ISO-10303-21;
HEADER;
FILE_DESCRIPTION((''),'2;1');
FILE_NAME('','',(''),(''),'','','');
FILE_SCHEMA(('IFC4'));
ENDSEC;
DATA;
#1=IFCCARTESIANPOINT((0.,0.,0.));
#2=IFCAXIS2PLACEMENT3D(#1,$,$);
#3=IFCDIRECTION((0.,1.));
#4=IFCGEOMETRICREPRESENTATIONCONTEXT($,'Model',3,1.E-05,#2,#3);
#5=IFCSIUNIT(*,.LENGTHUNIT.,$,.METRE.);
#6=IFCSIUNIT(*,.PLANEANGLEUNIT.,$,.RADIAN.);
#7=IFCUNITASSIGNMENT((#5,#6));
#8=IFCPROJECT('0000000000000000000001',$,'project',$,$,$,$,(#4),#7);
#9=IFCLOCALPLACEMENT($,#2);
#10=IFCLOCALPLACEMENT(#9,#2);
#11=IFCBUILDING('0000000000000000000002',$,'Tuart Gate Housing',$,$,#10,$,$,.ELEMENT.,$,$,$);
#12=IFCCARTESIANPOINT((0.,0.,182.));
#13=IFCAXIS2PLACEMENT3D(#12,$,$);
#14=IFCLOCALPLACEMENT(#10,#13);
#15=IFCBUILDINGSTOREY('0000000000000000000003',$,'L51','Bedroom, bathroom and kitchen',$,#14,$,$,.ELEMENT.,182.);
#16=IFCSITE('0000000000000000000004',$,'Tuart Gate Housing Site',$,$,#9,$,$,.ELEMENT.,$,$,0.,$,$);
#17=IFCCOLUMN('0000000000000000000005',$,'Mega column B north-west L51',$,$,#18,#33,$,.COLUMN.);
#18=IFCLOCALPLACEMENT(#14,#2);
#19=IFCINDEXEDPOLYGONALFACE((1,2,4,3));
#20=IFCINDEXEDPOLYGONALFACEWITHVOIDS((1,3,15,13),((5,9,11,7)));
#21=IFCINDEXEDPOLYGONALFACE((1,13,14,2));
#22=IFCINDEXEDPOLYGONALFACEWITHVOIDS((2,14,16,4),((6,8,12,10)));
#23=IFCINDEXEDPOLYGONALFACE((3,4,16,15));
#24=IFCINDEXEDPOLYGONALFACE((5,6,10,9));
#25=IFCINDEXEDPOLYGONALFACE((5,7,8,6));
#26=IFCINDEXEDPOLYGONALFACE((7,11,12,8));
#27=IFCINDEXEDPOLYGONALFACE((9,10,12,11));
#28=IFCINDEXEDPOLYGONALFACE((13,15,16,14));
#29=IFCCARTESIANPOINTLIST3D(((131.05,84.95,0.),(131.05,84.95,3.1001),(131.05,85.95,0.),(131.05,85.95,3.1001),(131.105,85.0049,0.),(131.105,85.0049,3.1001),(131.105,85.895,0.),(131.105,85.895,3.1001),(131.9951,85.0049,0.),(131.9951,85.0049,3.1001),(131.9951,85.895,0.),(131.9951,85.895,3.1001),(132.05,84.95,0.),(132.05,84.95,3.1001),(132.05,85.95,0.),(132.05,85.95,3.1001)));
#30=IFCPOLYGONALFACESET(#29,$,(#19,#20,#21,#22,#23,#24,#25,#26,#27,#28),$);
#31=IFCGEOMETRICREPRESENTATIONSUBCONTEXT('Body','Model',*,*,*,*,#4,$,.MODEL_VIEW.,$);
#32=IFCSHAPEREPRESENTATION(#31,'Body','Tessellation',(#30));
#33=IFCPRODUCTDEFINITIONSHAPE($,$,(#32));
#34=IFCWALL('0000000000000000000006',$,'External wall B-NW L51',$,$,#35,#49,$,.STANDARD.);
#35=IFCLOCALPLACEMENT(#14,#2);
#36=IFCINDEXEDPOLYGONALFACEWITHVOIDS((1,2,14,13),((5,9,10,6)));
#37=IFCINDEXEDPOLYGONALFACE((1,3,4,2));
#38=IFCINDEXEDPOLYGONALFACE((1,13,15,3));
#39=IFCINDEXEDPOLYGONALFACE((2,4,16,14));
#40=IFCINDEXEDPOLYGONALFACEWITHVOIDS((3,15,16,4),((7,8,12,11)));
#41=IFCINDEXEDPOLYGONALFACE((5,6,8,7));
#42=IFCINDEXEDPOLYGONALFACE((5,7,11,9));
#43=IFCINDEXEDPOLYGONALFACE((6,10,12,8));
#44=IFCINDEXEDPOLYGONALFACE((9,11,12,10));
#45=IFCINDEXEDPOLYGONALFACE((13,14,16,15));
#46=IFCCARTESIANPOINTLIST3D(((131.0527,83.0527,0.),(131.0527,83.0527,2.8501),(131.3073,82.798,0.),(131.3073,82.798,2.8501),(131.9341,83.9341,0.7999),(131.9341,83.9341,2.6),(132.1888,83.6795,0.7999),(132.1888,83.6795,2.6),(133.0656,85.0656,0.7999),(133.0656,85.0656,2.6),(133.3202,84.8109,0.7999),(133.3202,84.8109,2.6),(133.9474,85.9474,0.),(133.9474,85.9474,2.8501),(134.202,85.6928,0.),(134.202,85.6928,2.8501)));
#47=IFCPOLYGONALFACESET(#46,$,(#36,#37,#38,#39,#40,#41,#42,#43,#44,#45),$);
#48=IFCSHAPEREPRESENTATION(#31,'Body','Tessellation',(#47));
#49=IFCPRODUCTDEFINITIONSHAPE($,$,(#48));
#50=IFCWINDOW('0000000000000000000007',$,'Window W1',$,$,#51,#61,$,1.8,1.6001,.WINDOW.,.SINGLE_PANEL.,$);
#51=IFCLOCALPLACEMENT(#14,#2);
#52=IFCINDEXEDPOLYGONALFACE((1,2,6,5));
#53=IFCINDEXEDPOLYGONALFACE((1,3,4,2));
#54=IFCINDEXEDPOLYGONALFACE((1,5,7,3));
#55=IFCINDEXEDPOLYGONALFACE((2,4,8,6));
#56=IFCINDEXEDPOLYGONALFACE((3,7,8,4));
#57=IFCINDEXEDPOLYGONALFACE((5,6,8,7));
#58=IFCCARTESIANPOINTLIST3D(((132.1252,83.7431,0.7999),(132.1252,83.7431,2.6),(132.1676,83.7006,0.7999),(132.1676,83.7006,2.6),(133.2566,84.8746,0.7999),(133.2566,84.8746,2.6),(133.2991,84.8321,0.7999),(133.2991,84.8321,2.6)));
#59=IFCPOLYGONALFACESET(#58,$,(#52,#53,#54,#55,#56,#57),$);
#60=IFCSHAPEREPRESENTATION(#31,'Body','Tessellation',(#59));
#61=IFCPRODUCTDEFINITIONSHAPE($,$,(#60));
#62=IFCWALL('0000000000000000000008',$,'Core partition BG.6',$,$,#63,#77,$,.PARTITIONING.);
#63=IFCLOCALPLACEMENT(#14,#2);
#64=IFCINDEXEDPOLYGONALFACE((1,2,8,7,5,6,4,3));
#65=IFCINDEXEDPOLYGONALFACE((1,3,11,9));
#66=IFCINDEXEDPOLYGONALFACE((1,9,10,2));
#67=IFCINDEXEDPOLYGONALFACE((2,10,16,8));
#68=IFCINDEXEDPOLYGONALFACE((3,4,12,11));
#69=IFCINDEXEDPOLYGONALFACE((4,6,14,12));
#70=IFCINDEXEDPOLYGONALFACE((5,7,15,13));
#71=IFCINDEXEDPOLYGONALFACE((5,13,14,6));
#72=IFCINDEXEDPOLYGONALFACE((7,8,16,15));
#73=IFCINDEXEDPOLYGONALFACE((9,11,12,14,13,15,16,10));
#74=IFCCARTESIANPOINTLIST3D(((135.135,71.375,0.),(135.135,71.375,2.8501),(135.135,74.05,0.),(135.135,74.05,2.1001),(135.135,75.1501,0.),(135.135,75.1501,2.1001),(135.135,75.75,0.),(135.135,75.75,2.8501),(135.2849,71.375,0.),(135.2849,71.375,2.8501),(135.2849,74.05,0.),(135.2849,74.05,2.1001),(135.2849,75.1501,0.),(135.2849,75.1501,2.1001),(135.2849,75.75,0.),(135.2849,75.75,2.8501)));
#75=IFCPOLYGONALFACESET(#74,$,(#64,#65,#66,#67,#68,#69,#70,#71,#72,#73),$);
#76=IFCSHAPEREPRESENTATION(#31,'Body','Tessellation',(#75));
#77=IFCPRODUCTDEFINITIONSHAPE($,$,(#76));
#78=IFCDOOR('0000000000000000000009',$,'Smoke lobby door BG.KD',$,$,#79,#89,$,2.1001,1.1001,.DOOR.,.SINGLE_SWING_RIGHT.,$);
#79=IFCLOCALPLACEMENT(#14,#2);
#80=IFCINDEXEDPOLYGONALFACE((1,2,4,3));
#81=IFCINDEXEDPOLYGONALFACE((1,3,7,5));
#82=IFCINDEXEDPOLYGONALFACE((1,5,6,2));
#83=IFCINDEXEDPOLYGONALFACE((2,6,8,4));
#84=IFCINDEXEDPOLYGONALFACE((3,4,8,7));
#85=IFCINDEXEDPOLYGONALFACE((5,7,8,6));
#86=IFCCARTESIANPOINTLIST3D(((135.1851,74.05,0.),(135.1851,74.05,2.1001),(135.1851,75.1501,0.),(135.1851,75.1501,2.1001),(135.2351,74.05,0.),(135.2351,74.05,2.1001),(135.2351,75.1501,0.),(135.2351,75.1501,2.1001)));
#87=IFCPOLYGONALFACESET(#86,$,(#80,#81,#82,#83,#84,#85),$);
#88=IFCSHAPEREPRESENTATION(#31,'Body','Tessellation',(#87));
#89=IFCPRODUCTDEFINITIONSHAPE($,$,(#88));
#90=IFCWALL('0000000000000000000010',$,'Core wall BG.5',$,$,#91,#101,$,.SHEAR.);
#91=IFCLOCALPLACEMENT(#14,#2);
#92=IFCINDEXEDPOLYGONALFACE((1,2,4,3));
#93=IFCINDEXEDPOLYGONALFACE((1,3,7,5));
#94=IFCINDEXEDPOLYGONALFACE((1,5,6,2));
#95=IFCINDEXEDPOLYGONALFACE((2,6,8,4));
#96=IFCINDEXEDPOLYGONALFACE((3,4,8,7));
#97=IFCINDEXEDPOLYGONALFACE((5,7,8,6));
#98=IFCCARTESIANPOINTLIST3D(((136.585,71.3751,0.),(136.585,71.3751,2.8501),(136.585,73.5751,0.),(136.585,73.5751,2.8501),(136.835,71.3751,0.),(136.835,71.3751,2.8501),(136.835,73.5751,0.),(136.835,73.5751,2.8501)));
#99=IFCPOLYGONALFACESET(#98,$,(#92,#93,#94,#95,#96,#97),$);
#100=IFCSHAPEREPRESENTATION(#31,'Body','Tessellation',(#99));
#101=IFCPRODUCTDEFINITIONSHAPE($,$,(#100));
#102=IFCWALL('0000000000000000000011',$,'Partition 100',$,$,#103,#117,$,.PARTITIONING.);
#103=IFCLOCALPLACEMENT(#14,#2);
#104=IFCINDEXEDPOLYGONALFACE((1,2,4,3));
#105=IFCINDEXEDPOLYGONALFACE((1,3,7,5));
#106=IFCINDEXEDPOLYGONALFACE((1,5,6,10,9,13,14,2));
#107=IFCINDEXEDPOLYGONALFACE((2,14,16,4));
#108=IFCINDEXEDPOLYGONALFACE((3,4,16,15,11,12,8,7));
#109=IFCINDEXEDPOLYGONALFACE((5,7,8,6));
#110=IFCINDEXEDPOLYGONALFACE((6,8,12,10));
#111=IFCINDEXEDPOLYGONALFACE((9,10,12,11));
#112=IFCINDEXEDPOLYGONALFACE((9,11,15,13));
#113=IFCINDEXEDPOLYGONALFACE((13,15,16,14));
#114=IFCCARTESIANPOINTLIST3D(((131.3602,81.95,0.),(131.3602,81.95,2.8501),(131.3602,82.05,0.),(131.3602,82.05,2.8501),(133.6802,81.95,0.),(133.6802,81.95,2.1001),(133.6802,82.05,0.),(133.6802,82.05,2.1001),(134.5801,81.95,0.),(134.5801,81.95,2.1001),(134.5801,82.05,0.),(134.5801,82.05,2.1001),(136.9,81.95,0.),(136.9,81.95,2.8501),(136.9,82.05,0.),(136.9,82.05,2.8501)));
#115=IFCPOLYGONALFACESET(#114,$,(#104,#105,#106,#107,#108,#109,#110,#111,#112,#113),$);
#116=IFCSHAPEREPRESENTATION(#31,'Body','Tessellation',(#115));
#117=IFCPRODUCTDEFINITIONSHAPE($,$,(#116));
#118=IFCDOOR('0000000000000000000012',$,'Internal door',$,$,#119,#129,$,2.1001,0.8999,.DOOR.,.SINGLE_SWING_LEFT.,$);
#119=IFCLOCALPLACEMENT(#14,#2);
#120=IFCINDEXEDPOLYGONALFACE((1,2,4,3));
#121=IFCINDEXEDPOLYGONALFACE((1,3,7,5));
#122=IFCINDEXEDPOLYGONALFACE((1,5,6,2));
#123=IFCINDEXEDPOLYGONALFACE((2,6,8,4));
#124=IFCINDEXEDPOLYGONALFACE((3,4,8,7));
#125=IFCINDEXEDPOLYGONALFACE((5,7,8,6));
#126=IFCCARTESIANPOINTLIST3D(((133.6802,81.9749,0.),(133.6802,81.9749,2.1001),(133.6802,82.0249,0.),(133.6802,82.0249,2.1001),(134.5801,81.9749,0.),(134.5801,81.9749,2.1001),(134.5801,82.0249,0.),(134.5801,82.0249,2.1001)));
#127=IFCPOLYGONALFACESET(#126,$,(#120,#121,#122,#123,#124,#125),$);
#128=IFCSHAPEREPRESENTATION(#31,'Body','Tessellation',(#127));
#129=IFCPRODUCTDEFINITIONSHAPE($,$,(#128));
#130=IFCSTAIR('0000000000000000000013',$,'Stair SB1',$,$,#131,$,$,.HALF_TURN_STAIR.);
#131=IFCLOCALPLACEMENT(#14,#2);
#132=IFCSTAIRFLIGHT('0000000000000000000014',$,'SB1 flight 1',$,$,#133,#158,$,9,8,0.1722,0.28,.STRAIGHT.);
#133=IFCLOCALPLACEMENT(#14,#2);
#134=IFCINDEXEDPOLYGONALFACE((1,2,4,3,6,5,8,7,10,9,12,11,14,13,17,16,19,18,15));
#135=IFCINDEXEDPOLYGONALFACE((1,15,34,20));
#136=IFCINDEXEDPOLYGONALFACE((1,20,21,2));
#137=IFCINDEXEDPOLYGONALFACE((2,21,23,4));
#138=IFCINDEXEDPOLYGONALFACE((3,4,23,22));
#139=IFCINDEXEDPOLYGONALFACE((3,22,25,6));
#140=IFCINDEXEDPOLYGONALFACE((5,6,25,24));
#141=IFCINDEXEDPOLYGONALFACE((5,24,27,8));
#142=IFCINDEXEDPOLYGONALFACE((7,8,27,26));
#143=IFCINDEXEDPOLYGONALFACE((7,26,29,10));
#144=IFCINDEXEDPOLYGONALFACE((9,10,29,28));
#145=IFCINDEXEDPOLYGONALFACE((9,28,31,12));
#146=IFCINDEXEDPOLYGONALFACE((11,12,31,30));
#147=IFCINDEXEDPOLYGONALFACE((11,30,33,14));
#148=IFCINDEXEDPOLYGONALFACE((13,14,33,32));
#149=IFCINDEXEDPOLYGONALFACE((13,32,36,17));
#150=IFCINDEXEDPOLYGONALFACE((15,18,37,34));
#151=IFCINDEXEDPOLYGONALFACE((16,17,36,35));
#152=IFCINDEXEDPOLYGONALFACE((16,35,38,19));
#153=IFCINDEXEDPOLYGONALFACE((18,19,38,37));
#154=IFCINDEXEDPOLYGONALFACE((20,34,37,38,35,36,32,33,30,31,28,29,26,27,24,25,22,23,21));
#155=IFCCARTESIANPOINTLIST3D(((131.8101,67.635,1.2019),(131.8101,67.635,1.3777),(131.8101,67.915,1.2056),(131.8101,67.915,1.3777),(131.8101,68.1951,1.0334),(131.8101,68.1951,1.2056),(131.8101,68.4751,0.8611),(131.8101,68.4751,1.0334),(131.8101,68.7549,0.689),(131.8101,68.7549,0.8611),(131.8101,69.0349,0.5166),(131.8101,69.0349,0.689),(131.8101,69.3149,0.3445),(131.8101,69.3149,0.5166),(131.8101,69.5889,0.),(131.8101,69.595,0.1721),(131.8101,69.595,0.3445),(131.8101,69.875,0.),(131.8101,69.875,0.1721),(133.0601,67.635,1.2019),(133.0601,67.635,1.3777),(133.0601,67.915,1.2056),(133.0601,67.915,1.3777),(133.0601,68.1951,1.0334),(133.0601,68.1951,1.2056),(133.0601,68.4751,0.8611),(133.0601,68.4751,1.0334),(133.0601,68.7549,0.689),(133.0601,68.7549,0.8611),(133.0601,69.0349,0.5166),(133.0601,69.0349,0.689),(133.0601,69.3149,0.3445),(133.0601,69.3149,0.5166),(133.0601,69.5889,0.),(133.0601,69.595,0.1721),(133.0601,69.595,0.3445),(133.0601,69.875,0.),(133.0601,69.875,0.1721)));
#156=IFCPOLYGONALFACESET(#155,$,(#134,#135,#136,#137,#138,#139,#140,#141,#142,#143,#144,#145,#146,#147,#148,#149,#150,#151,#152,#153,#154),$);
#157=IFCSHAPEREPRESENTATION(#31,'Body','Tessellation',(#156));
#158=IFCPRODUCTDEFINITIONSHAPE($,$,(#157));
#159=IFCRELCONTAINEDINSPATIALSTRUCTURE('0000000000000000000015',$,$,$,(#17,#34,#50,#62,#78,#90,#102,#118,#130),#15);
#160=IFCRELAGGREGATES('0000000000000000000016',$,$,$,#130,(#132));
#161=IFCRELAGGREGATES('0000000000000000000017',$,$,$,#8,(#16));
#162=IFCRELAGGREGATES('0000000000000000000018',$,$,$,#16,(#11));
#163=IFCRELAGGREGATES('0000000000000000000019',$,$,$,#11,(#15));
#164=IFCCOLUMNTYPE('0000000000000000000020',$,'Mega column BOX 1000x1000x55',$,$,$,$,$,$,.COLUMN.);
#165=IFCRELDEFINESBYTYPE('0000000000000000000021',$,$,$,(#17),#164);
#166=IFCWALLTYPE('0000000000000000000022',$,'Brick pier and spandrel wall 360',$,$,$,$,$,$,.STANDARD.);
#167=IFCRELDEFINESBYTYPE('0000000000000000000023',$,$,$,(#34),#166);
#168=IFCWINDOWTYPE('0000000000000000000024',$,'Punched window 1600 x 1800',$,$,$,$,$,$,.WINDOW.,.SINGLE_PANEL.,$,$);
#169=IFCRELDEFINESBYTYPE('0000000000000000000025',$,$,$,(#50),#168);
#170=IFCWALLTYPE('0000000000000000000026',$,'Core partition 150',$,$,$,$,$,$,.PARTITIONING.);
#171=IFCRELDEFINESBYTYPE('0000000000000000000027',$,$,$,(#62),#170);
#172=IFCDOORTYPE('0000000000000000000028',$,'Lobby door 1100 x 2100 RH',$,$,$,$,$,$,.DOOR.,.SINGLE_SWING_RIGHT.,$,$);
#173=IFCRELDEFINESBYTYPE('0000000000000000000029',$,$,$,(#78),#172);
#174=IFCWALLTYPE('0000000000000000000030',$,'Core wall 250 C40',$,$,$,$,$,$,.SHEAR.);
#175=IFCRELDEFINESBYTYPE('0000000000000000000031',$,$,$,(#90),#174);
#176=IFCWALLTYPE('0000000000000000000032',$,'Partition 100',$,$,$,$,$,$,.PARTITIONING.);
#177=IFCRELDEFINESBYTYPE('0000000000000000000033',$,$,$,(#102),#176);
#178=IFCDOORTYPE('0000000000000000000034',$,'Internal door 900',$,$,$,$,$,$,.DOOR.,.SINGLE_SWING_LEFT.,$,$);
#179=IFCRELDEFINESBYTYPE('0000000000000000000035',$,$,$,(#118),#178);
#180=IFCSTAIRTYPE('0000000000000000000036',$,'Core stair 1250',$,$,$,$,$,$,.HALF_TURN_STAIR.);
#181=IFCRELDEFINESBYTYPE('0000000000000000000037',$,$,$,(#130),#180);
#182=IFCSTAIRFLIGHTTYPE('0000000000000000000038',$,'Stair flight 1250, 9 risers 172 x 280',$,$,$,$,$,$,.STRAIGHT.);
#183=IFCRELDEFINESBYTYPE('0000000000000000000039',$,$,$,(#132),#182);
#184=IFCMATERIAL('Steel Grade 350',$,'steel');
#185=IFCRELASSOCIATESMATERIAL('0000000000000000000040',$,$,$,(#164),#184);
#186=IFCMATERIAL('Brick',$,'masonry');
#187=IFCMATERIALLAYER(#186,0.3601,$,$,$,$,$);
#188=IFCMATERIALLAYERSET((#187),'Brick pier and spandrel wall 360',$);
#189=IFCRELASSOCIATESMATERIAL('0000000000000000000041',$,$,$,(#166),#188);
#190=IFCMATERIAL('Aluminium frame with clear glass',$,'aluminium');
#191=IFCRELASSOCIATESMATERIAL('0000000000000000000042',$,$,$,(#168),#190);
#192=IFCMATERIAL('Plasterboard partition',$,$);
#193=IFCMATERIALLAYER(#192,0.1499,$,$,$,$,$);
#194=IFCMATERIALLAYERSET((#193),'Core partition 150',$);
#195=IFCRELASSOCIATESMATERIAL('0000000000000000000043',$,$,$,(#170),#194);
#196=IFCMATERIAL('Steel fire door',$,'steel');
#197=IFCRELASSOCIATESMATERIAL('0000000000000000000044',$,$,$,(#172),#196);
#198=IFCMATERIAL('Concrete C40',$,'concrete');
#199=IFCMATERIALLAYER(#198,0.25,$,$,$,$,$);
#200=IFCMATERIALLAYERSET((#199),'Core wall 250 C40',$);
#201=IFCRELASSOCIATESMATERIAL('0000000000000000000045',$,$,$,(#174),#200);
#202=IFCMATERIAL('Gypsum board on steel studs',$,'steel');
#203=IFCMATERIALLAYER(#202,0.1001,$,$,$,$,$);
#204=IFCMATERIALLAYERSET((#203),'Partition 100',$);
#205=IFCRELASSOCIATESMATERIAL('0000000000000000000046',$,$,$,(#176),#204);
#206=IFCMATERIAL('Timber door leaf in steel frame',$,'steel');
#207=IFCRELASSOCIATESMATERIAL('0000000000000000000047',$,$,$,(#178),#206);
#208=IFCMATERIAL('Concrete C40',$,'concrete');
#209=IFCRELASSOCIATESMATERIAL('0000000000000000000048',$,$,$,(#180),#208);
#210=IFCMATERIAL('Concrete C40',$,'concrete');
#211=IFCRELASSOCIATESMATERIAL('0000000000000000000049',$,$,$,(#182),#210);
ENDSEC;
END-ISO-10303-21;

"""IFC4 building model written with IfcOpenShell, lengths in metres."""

from ifc_helpers import new_model, si_unit, direction, frame, frame_2d, origin, origin_2d, place, context, subcontext, project, spatial, polyline, rectangle, hollow_rectangle, outline, extrude, material, layer, layer_set, material_profile, profile_set, type_object, element, fill, aggregate, save


model = new_model("IFC4")

# Units and contexts
model_context = context("Model", 3, precision=1e-05, world=origin(), true_north=direction((0.0, 1.0)))
body_context = subcontext(model_context, "Body", "Model", "MODEL_VIEW")
ifc_project = project(units=[si_unit("LENGTHUNIT", "METRE"), si_unit("PLANEANGLEUNIT", "RADIAN")], contexts=[model_context])

# Site, building, storey
site_placement = place(None, origin())
site = spatial("IfcSite", under=ifc_project, at=site_placement, Name="Tuart Gate Housing Site", CompositionType="ELEMENT", RefElevation=0.0)
building_placement = place(site_placement, origin())
building = spatial("IfcBuilding", under=site, at=building_placement, Name="Tuart Gate Housing", CompositionType="ELEMENT")
storey_placement = place(building_placement, frame((0.0, 0.0, 182.0)))
storey = spatial("IfcBuildingStorey", under=building, at=storey_placement, Name="L51", Description="Bedroom, bathroom and kitchen", CompositionType="ELEMENT", Elevation=182.0)

# Column
ifc_material_1 = material(Name="Steel Grade 350", Category="steel")
ifc_material_profile = material_profile(ifc_material_1, hollow_rectangle(XDim=1.0, YDim=1.0, WallThickness=0.0549, at=origin_2d()), Name="BOX 1000x1000x55")
ifc_profile_set = profile_set([ifc_material_profile], Name="Steel Grade 350")
column_type = type_object("IfcColumnType", Name="Mega column BOX 1000x1000x55", PredefinedType="COLUMN", material=ifc_profile_set)
column_placement = place(storey_placement, frame((131.55, 85.45, 0.0), z_axis=(0.0, 0.0, 1.0), x_axis=(1.0, 0.0, 0.0)))
element("IfcColumn", 1, at=column_placement, inside=storey, type_object=column_type, Name="Mega column B north-west L51", PredefinedType="COLUMN", context=body_context, shape_type="SweptSolid", body=[
    extrude(hollow_rectangle(XDim=1.0, YDim=1.0, WallThickness=0.0549, at=origin_2d()), origin(), (0.0, 0.0, 1.0), 3.1001),
])

# Wall, opening, window
ifc_material_2 = material(Name="Brick", Category="masonry")
ifc_layer_1 = layer(ifc_material_2, 0.3601)
ifc_layer_set_1 = layer_set([ifc_layer_1], Name="Brick pier and spandrel wall 360")
wall_type_1 = type_object("IfcWallType", Name="Brick pier and spandrel wall 360", PredefinedType="STANDARD", material=ifc_layer_set_1)
wall_1_placement = place(storey_placement, frame((134.0747, 85.8201, 0.0), z_axis=(0.0, 0.0, 1.0), x_axis=(-0.707107, -0.707107, 0.0)))
wall_1 = element("IfcWall", 2, at=wall_1_placement, inside=storey, type_object=wall_type_1, Name="External wall B-NW L51", PredefinedType="STANDARD", context=body_context, shape_type="SweptSolid", body=[
    extrude(rectangle(XDim=4.0938, YDim=0.3601, at=frame_2d((2.0469, 0.0))), origin(), (0.0, 0.0, 1.0), 2.8501),
])
opening_1_placement = place(wall_1_placement, frame((1.2471, 0.0, 0.8)))
opening_1 = element("IfcOpeningElement", 3, at=opening_1_placement, cuts=wall_1, PredefinedType="OPENING", context=body_context, shape_type="SweptSolid", body=[
    extrude(rectangle(XDim=1.6001, YDim=1.8, at=frame_2d((0.8, 0.8999))), frame((0.0, 0.1899, 0.0), z_axis=(0.0, -1.0, 0.0), x_axis=(1.0, 0.0, 0.0)), (0.0, 0.0, 1.0), 0.3801),
])
ifc_material_3 = material(Name="Aluminium frame with clear glass", Category="aluminium")
window_type = type_object("IfcWindowType", Name="Punched window 1600 x 1800", PartitioningType="SINGLE_PANEL", PredefinedType="WINDOW", material=ifc_material_3)
window_placement = place(opening_1_placement, origin())
window = element("IfcWindow", 4, at=window_placement, inside=storey, type_object=window_type, Name="Window W1", OverallHeight=1.8, OverallWidth=1.6001, PartitioningType="SINGLE_PANEL", PredefinedType="WINDOW", context=body_context, shape_type="SweptSolid", body=[
    extrude(rectangle(XDim=1.6001, YDim=1.8, at=frame_2d((0.8, 0.8999))), frame((0.0, 0.1501, 0.0), z_axis=(0.0, -1.0, 0.0), x_axis=(1.0, 0.0, 0.0)), (0.0, 0.0, 1.0), 0.0601),
])
fill(opening_1, window)

# Wall, opening, door
ifc_material_4 = material(Name="Plasterboard partition")
ifc_layer_2 = layer(ifc_material_4, 0.1499)
ifc_layer_set_2 = layer_set([ifc_layer_2], Name="Core partition 150")
wall_type_2 = type_object("IfcWallType", Name="Core partition 150", PredefinedType="PARTITIONING", material=ifc_layer_set_2)
wall_2_placement = place(storey_placement, frame((135.21, 71.375, 0.0), z_axis=(0.0, 0.0, 1.0), x_axis=(0.0, 1.0, 0.0)))
wall_2 = element("IfcWall", 5, at=wall_2_placement, inside=storey, type_object=wall_type_2, Name="Core partition BG.6", PredefinedType="PARTITIONING", context=body_context, shape_type="SweptSolid", body=[
    extrude(rectangle(XDim=4.375, YDim=0.1499, at=frame_2d((2.1875, 0.0))), origin(), (0.0, 0.0, 1.0), 2.8501),
])
opening_2_placement = place(wall_2_placement, frame((2.675, 0.0, 0.0)))
opening_2 = element("IfcOpeningElement", 6, at=opening_2_placement, cuts=wall_2, PredefinedType="OPENING", context=body_context, shape_type="SweptSolid", body=[
    extrude(rectangle(XDim=1.1001, YDim=2.1001, at=frame_2d((0.55, 1.05))), frame((0.0, 0.085, 0.0), z_axis=(0.0, -1.0, 0.0), x_axis=(1.0, 0.0, 0.0)), (0.0, 0.0, 1.0), 0.1699),
])
ifc_material_5 = material(Name="Steel fire door", Category="steel")
door_type_1 = type_object("IfcDoorType", Name="Lobby door 1100 x 2100 RH", OperationType="SINGLE_SWING_RIGHT", PredefinedType="DOOR", material=ifc_material_5)
door_1_placement = place(opening_2_placement, origin())
door_1 = element("IfcDoor", 7, at=door_1_placement, inside=storey, type_object=door_type_1, Name="Smoke lobby door BG.KD", OperationType="SINGLE_SWING_RIGHT", OverallHeight=2.1001, OverallWidth=1.1001, PredefinedType="DOOR", context=body_context, shape_type="SweptSolid", body=[
    extrude(rectangle(XDim=1.1001, YDim=2.1001, at=frame_2d((0.55, 1.05))), frame((0.0, 0.0249, 0.0), z_axis=(0.0, -1.0, 0.0), x_axis=(1.0, 0.0, 0.0)), (0.0, 0.0, 1.0), 0.05),
])
fill(opening_2, door_1)

# Wall
ifc_material_6 = material(Name="Concrete C40", Category="concrete")
ifc_layer_3 = layer(ifc_material_6, 0.25)
ifc_layer_set_3 = layer_set([ifc_layer_3], Name="Core wall 250 C40")
wall_type_3 = type_object("IfcWallType", Name="Core wall 250 C40", PredefinedType="SHEAR", material=ifc_layer_set_3)
wall_3_placement = place(storey_placement, frame((136.71, 71.375, 0.0), z_axis=(0.0, 0.0, 1.0), x_axis=(0.0, 1.0, 0.0)))
element("IfcWall", 8, at=wall_3_placement, inside=storey, type_object=wall_type_3, Name="Core wall BG.5", PredefinedType="SHEAR", context=body_context, shape_type="SweptSolid", body=[
    extrude(rectangle(XDim=2.2, YDim=0.25, at=frame_2d((1.1001, 0.0))), origin(), (0.0, 0.0, 1.0), 2.8501),
])

# Wall, opening, door
ifc_material_7 = material(Name="Gypsum board on steel studs", Category="steel")
ifc_layer_4 = layer(ifc_material_7, 0.1001)
ifc_layer_set_4 = layer_set([ifc_layer_4], Name="Partition 100")
wall_type_4 = type_object("IfcWallType", Name="Partition 100", PredefinedType="PARTITIONING", material=ifc_layer_set_4)
wall_4_placement = place(storey_placement, frame((131.3601, 82.0, 0.0), z_axis=(0.0, 0.0, 1.0), x_axis=(1.0, 0.0, 0.0)))
wall_4 = element("IfcWall", 9, at=wall_4_placement, inside=storey, type_object=wall_type_4, Name="Partition 100", PredefinedType="PARTITIONING", context=body_context, shape_type="SweptSolid", body=[
    extrude(rectangle(XDim=5.5398, YDim=0.1001, at=frame_2d((2.77, 0.0))), origin(), (0.0, 0.0, 1.0), 2.8501),
])
opening_3_placement = place(wall_4_placement, frame((2.3201, 0.0, 0.0)))
opening_3 = element("IfcOpeningElement", 10, at=opening_3_placement, cuts=wall_4, PredefinedType="OPENING", context=body_context, shape_type="SweptSolid", body=[
    extrude(rectangle(XDim=0.8999, YDim=2.1001, at=frame_2d((0.45, 1.05))), frame((0.0, 0.0601, 0.0), z_axis=(0.0, -1.0, 0.0), x_axis=(1.0, 0.0, 0.0)), (0.0, 0.0, 1.0), 0.1201),
])
ifc_material_8 = material(Name="Timber door leaf in steel frame", Category="steel")
door_type_2 = type_object("IfcDoorType", Name="Internal door 900", OperationType="SINGLE_SWING_LEFT", PredefinedType="DOOR", material=ifc_material_8)
door_2_placement = place(opening_3_placement, origin())
door_2 = element("IfcDoor", 11, at=door_2_placement, inside=storey, type_object=door_type_2, Name="Internal door", OperationType="SINGLE_SWING_LEFT", OverallHeight=2.1001, OverallWidth=0.8999, PredefinedType="DOOR", context=body_context, shape_type="SweptSolid", body=[
    extrude(rectangle(XDim=0.8999, YDim=2.1001, at=frame_2d((0.45, 1.05))), frame((0.0, 0.0249, 0.0), z_axis=(0.0, -1.0, 0.0), x_axis=(1.0, 0.0, 0.0)), (0.0, 0.0, 1.0), 0.05),
])
fill(opening_3, door_2)

# Stair, stair flight
ifc_material_9 = material(Name="Concrete C40", Category="concrete")
stair_type = type_object("IfcStairType", Name="Core stair 1250", PredefinedType="HALF_TURN_STAIR", material=ifc_material_9)
stair_placement = place(storey_placement, origin())
stair = element("IfcStair", 12, at=stair_placement, inside=storey, type_object=stair_type, Name="Stair SB1", PredefinedType="HALF_TURN_STAIR")
ifc_material_10 = material(Name="Concrete C40", Category="concrete")
stair_flight_type = type_object("IfcStairFlightType", Name="Stair flight 1250, 9 risers 172 x 280", PredefinedType="STRAIGHT", material=ifc_material_10)
stair_flight_placement = place(storey_placement, frame((132.4351, 69.875, 0.0), z_axis=(0.0, 0.0, 1.0), x_axis=(0.0, -1.0, 0.0)))
stair_flight = element("IfcStairFlight", 13, at=stair_flight_placement, type_object=stair_flight_type, Name="SB1 flight 1", NumberOfRisers=9, NumberOfTreads=8, PredefinedType="STRAIGHT", RiserHeight=0.1722, TreadLength=0.28, context=body_context, shape_type="SweptSolid", body=[
    extrude(outline(polyline([(0.0, 0.0), (0.0, 0.1721), (0.28, 0.1721), (0.28, 0.3445), (0.5601, 0.3445), (0.5601, 0.5166), (0.8401, 0.5166), (0.8401, 0.689), (1.1201, 0.689), (1.1201, 0.8611), (1.3999, 0.8611), (1.3999, 1.0334), (1.6799, 1.0334), (1.6799, 1.2056), (1.96, 1.2056), (1.96, 1.3777), (2.24, 1.3777), (2.24, 1.55), (2.24, 1.2019), (0.2861, 0.0), (0.0, 0.0)])), frame((0.0, 0.625, 0.0), z_axis=(0.0, -1.0, 0.0), x_axis=(1.0, 0.0, 0.0)), (0.0, 0.0, 1.0), 1.25),
])
aggregate(stair, [stair_flight])

save(model, "model.ifc")
